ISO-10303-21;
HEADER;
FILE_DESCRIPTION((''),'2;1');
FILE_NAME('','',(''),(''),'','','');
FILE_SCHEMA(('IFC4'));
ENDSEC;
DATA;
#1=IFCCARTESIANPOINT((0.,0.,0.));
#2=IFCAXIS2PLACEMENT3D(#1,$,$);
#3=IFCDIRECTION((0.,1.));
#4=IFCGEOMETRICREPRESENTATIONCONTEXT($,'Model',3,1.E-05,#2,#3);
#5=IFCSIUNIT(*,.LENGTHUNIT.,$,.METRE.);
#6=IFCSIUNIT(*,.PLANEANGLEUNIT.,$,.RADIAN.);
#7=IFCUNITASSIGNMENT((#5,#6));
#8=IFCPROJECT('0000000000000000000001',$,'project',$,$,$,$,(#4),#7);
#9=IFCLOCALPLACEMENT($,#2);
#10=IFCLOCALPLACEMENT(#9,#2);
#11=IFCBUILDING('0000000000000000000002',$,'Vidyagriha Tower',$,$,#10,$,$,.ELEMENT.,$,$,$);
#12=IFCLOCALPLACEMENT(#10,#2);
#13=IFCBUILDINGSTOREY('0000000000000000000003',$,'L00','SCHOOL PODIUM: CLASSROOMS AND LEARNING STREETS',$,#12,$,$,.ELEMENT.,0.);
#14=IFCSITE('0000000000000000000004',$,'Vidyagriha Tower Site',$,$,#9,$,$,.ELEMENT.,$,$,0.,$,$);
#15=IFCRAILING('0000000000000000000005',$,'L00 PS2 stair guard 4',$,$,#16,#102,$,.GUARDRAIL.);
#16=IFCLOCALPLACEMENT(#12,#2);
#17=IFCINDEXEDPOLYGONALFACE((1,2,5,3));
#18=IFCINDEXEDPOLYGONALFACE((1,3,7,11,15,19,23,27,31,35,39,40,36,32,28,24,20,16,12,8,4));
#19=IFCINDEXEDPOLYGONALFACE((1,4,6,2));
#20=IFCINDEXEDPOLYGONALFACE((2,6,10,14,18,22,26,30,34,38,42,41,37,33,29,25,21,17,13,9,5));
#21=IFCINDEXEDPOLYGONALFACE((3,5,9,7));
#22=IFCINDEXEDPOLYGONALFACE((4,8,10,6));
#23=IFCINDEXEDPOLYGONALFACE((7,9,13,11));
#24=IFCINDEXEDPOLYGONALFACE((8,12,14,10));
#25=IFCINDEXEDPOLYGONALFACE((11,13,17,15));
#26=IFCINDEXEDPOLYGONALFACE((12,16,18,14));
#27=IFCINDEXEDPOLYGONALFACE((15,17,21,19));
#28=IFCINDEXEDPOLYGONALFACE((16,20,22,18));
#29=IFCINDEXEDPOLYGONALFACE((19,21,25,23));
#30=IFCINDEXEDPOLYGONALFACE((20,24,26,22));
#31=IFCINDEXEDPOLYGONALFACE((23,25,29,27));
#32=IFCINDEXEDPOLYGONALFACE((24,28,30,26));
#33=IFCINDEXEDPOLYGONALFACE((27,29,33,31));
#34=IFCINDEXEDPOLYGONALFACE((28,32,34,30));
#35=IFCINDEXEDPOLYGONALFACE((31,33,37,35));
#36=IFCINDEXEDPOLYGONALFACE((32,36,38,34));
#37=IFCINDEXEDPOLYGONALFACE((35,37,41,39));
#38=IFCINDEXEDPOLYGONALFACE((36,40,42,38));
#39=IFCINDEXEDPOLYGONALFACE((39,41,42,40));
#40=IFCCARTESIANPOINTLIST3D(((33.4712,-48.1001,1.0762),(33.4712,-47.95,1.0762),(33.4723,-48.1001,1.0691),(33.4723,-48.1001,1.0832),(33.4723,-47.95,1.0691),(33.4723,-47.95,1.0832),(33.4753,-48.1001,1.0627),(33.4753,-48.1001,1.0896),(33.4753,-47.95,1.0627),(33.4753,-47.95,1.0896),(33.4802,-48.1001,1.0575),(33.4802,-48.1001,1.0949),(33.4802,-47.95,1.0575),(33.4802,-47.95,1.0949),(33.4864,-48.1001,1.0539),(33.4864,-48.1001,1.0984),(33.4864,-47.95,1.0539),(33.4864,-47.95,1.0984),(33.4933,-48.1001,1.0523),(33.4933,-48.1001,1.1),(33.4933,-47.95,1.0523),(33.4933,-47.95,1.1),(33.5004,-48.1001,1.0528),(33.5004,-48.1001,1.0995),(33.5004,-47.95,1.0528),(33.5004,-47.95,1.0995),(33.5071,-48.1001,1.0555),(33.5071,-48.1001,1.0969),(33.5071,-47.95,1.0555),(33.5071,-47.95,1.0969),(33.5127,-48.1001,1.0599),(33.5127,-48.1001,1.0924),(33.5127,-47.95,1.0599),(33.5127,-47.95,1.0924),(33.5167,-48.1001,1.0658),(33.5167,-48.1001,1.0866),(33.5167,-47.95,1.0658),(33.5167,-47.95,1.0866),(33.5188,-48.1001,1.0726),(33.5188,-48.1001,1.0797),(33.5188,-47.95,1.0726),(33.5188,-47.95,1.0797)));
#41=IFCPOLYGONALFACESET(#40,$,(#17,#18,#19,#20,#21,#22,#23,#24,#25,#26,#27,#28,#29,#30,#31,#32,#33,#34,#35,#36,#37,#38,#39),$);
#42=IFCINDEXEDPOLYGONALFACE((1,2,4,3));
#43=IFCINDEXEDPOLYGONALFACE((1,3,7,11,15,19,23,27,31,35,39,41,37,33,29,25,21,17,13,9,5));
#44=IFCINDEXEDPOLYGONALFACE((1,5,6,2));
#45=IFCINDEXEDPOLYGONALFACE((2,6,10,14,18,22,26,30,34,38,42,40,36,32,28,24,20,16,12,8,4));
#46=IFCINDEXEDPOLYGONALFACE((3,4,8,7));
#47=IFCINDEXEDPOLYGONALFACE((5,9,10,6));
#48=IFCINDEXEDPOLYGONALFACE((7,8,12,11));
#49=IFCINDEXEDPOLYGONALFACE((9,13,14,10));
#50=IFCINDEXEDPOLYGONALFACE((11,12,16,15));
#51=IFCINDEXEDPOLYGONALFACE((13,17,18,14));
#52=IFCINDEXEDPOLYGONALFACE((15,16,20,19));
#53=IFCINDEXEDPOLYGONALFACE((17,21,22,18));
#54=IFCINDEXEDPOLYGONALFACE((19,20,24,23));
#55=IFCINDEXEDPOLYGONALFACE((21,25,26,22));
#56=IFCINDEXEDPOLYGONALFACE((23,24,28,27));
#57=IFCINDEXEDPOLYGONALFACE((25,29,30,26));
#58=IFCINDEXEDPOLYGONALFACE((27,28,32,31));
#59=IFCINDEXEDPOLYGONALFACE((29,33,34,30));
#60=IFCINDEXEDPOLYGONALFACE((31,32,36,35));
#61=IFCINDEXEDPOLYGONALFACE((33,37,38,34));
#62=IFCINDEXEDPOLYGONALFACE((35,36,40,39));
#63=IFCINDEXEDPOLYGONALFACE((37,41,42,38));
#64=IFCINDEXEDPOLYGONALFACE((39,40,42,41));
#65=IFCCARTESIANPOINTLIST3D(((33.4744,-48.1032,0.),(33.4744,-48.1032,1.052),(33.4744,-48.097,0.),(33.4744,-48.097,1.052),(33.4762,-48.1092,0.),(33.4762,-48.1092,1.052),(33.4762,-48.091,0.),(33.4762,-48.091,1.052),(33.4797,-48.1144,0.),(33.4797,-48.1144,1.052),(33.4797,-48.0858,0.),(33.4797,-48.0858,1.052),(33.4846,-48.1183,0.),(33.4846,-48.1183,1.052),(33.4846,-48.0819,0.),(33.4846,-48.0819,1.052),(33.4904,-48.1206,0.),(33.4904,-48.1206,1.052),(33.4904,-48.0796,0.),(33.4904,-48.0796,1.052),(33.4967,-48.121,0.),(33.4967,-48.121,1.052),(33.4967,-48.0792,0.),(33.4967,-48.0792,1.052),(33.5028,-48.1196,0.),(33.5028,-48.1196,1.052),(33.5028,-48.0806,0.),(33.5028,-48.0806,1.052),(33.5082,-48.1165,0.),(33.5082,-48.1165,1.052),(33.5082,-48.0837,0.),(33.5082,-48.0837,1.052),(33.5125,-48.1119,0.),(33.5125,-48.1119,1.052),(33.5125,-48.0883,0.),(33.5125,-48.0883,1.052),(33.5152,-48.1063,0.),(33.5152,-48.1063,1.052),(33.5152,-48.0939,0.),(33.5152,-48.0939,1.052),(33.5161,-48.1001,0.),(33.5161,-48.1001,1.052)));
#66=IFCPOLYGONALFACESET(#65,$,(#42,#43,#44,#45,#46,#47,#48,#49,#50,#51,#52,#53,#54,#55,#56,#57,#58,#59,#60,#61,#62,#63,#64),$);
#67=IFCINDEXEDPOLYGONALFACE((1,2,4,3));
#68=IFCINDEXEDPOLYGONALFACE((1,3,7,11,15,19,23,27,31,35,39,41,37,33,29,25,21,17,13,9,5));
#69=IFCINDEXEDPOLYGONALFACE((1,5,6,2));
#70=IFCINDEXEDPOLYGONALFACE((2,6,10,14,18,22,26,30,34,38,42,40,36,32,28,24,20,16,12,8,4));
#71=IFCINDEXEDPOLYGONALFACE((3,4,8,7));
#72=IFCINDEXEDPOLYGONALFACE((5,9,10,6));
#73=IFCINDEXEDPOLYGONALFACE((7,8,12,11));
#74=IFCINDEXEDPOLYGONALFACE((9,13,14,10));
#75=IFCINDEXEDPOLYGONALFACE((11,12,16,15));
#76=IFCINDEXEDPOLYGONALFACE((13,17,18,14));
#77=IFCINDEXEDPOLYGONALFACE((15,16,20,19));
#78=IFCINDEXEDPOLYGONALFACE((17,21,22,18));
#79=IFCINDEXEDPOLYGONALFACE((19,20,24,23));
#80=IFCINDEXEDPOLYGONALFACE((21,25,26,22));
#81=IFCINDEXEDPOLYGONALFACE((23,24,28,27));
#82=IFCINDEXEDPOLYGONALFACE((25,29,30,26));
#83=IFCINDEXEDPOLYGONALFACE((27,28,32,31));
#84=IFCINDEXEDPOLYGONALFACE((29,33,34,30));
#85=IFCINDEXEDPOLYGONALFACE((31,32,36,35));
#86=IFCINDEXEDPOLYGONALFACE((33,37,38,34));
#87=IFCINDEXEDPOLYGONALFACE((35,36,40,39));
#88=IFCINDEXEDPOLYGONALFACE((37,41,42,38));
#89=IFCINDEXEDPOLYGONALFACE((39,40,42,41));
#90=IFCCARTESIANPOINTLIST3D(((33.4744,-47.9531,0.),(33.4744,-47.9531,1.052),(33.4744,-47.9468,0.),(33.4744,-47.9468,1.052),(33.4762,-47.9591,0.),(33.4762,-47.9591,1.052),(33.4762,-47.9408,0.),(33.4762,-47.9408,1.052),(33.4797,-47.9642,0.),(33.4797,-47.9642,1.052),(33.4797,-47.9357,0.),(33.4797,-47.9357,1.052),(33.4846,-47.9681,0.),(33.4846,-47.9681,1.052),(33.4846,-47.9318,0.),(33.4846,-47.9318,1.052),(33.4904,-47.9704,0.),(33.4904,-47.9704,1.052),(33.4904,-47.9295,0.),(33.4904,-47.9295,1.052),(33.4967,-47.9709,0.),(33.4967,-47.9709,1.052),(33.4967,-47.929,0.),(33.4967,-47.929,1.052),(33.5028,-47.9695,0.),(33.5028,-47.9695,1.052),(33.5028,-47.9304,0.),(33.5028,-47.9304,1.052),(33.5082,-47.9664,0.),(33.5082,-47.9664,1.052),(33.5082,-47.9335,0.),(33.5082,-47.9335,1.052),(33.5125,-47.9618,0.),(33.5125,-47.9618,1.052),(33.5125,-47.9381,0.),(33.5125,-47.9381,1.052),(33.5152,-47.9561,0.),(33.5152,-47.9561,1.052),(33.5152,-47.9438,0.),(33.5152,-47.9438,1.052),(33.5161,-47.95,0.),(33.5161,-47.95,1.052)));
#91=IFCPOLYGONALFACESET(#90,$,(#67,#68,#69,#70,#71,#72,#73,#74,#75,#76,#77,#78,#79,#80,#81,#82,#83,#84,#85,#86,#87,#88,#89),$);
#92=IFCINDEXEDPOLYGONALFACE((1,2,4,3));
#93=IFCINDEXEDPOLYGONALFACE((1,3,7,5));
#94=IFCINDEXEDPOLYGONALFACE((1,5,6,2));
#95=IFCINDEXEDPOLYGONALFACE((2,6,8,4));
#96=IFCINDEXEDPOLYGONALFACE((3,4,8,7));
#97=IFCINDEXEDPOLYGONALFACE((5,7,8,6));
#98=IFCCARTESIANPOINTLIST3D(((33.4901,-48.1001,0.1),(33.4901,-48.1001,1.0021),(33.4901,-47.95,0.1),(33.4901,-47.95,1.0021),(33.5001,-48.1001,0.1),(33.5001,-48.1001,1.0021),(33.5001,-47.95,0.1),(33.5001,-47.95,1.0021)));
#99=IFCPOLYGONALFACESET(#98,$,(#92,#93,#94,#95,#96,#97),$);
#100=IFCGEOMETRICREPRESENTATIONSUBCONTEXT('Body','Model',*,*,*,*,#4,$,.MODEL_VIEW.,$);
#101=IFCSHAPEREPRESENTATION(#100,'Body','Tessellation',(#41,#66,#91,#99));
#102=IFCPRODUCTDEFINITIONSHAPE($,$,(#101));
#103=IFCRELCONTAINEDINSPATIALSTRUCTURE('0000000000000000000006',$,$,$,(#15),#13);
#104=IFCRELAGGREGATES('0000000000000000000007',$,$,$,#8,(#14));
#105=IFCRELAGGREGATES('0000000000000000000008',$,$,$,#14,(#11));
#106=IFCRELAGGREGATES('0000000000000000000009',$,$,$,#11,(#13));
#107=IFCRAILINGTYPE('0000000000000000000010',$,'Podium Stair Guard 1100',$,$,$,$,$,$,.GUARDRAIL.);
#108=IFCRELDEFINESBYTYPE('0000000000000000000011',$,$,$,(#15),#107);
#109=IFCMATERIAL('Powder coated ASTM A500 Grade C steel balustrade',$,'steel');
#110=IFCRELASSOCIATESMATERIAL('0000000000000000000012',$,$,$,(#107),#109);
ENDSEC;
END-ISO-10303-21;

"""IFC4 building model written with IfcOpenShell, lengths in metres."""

from ifc_helpers import new_model, si_unit, direction, frame, origin, origin_2d, place, context, subcontext, project, spatial, rectangle, circle, extrude, material, type_object, element, save


model = new_model("IFC4")

# Units and contexts
model_context = context("Model", 3, precision=1e-05, world=origin(), true_north=direction((0.0, 1.0)))
body_context = subcontext(model_context, "Body", "Model", "MODEL_VIEW")
ifc_project = project(units=[si_unit("LENGTHUNIT", "METRE"), si_unit("PLANEANGLEUNIT", "RADIAN")], contexts=[model_context])

# Site, building, storey
site_placement = place(None, origin())
site = spatial("IfcSite", under=ifc_project, at=site_placement, Name="Vidyagriha Tower Site", CompositionType="ELEMENT", RefElevation=0.0)
building_placement = place(site_placement, origin())
building = spatial("IfcBuilding", under=site, at=building_placement, Name="Vidyagriha Tower", CompositionType="ELEMENT")
storey_placement = place(building_placement, origin())
storey = spatial("IfcBuildingStorey", under=building, at=storey_placement, Name="L00", Description="SCHOOL PODIUM: CLASSROOMS AND LEARNING STREETS", CompositionType="ELEMENT", Elevation=0.0)

# Railing
ifc_material_1 = material(Name="Powder coated ASTM A500 Grade C steel balustrade", Category="steel")
railing_type_1 = type_object("IfcRailingType", Name="Podium Stair Guard 1100", PredefinedType="GUARDRAIL", material=ifc_material_1)
railing_1_placement = place(storey_placement, frame((33.4951, -48.1001, 0.0)))
element("IfcRailing", 1, at=railing_1_placement, inside=storey, type_object=railing_type_1, Name="L00 PS2 stair guard 4", PredefinedType="GUARDRAIL", context=body_context, shape_type="SweptSolid", body=[
    extrude(circle(Radius=0.0239, at=origin_2d()), frame((0.0, 0.0, 1.0762), z_axis=(0.0, 1.0, 0.0), x_axis=(-1.0, 0.0, 0.0)), (0.0, 0.0, 1.0), 0.1501),
    extrude(circle(Radius=0.021, at=origin_2d()), origin(), (0.0, 0.0, 1.0), 1.052),
    extrude(circle(Radius=0.021, at=origin_2d()), frame((0.0, 0.1501, 0.0)), (0.0, 0.0, 1.0), 1.052),
    extrude(rectangle(XDim=0.01, YDim=0.9021, at=origin_2d()), frame((0.0, 0.0, 0.551), z_axis=(0.0, 1.0, 0.0), x_axis=(-1.0, 0.0, 0.0)), (0.0, 0.0, 1.0), 0.1501),
])

save(model, "model.ifc")
